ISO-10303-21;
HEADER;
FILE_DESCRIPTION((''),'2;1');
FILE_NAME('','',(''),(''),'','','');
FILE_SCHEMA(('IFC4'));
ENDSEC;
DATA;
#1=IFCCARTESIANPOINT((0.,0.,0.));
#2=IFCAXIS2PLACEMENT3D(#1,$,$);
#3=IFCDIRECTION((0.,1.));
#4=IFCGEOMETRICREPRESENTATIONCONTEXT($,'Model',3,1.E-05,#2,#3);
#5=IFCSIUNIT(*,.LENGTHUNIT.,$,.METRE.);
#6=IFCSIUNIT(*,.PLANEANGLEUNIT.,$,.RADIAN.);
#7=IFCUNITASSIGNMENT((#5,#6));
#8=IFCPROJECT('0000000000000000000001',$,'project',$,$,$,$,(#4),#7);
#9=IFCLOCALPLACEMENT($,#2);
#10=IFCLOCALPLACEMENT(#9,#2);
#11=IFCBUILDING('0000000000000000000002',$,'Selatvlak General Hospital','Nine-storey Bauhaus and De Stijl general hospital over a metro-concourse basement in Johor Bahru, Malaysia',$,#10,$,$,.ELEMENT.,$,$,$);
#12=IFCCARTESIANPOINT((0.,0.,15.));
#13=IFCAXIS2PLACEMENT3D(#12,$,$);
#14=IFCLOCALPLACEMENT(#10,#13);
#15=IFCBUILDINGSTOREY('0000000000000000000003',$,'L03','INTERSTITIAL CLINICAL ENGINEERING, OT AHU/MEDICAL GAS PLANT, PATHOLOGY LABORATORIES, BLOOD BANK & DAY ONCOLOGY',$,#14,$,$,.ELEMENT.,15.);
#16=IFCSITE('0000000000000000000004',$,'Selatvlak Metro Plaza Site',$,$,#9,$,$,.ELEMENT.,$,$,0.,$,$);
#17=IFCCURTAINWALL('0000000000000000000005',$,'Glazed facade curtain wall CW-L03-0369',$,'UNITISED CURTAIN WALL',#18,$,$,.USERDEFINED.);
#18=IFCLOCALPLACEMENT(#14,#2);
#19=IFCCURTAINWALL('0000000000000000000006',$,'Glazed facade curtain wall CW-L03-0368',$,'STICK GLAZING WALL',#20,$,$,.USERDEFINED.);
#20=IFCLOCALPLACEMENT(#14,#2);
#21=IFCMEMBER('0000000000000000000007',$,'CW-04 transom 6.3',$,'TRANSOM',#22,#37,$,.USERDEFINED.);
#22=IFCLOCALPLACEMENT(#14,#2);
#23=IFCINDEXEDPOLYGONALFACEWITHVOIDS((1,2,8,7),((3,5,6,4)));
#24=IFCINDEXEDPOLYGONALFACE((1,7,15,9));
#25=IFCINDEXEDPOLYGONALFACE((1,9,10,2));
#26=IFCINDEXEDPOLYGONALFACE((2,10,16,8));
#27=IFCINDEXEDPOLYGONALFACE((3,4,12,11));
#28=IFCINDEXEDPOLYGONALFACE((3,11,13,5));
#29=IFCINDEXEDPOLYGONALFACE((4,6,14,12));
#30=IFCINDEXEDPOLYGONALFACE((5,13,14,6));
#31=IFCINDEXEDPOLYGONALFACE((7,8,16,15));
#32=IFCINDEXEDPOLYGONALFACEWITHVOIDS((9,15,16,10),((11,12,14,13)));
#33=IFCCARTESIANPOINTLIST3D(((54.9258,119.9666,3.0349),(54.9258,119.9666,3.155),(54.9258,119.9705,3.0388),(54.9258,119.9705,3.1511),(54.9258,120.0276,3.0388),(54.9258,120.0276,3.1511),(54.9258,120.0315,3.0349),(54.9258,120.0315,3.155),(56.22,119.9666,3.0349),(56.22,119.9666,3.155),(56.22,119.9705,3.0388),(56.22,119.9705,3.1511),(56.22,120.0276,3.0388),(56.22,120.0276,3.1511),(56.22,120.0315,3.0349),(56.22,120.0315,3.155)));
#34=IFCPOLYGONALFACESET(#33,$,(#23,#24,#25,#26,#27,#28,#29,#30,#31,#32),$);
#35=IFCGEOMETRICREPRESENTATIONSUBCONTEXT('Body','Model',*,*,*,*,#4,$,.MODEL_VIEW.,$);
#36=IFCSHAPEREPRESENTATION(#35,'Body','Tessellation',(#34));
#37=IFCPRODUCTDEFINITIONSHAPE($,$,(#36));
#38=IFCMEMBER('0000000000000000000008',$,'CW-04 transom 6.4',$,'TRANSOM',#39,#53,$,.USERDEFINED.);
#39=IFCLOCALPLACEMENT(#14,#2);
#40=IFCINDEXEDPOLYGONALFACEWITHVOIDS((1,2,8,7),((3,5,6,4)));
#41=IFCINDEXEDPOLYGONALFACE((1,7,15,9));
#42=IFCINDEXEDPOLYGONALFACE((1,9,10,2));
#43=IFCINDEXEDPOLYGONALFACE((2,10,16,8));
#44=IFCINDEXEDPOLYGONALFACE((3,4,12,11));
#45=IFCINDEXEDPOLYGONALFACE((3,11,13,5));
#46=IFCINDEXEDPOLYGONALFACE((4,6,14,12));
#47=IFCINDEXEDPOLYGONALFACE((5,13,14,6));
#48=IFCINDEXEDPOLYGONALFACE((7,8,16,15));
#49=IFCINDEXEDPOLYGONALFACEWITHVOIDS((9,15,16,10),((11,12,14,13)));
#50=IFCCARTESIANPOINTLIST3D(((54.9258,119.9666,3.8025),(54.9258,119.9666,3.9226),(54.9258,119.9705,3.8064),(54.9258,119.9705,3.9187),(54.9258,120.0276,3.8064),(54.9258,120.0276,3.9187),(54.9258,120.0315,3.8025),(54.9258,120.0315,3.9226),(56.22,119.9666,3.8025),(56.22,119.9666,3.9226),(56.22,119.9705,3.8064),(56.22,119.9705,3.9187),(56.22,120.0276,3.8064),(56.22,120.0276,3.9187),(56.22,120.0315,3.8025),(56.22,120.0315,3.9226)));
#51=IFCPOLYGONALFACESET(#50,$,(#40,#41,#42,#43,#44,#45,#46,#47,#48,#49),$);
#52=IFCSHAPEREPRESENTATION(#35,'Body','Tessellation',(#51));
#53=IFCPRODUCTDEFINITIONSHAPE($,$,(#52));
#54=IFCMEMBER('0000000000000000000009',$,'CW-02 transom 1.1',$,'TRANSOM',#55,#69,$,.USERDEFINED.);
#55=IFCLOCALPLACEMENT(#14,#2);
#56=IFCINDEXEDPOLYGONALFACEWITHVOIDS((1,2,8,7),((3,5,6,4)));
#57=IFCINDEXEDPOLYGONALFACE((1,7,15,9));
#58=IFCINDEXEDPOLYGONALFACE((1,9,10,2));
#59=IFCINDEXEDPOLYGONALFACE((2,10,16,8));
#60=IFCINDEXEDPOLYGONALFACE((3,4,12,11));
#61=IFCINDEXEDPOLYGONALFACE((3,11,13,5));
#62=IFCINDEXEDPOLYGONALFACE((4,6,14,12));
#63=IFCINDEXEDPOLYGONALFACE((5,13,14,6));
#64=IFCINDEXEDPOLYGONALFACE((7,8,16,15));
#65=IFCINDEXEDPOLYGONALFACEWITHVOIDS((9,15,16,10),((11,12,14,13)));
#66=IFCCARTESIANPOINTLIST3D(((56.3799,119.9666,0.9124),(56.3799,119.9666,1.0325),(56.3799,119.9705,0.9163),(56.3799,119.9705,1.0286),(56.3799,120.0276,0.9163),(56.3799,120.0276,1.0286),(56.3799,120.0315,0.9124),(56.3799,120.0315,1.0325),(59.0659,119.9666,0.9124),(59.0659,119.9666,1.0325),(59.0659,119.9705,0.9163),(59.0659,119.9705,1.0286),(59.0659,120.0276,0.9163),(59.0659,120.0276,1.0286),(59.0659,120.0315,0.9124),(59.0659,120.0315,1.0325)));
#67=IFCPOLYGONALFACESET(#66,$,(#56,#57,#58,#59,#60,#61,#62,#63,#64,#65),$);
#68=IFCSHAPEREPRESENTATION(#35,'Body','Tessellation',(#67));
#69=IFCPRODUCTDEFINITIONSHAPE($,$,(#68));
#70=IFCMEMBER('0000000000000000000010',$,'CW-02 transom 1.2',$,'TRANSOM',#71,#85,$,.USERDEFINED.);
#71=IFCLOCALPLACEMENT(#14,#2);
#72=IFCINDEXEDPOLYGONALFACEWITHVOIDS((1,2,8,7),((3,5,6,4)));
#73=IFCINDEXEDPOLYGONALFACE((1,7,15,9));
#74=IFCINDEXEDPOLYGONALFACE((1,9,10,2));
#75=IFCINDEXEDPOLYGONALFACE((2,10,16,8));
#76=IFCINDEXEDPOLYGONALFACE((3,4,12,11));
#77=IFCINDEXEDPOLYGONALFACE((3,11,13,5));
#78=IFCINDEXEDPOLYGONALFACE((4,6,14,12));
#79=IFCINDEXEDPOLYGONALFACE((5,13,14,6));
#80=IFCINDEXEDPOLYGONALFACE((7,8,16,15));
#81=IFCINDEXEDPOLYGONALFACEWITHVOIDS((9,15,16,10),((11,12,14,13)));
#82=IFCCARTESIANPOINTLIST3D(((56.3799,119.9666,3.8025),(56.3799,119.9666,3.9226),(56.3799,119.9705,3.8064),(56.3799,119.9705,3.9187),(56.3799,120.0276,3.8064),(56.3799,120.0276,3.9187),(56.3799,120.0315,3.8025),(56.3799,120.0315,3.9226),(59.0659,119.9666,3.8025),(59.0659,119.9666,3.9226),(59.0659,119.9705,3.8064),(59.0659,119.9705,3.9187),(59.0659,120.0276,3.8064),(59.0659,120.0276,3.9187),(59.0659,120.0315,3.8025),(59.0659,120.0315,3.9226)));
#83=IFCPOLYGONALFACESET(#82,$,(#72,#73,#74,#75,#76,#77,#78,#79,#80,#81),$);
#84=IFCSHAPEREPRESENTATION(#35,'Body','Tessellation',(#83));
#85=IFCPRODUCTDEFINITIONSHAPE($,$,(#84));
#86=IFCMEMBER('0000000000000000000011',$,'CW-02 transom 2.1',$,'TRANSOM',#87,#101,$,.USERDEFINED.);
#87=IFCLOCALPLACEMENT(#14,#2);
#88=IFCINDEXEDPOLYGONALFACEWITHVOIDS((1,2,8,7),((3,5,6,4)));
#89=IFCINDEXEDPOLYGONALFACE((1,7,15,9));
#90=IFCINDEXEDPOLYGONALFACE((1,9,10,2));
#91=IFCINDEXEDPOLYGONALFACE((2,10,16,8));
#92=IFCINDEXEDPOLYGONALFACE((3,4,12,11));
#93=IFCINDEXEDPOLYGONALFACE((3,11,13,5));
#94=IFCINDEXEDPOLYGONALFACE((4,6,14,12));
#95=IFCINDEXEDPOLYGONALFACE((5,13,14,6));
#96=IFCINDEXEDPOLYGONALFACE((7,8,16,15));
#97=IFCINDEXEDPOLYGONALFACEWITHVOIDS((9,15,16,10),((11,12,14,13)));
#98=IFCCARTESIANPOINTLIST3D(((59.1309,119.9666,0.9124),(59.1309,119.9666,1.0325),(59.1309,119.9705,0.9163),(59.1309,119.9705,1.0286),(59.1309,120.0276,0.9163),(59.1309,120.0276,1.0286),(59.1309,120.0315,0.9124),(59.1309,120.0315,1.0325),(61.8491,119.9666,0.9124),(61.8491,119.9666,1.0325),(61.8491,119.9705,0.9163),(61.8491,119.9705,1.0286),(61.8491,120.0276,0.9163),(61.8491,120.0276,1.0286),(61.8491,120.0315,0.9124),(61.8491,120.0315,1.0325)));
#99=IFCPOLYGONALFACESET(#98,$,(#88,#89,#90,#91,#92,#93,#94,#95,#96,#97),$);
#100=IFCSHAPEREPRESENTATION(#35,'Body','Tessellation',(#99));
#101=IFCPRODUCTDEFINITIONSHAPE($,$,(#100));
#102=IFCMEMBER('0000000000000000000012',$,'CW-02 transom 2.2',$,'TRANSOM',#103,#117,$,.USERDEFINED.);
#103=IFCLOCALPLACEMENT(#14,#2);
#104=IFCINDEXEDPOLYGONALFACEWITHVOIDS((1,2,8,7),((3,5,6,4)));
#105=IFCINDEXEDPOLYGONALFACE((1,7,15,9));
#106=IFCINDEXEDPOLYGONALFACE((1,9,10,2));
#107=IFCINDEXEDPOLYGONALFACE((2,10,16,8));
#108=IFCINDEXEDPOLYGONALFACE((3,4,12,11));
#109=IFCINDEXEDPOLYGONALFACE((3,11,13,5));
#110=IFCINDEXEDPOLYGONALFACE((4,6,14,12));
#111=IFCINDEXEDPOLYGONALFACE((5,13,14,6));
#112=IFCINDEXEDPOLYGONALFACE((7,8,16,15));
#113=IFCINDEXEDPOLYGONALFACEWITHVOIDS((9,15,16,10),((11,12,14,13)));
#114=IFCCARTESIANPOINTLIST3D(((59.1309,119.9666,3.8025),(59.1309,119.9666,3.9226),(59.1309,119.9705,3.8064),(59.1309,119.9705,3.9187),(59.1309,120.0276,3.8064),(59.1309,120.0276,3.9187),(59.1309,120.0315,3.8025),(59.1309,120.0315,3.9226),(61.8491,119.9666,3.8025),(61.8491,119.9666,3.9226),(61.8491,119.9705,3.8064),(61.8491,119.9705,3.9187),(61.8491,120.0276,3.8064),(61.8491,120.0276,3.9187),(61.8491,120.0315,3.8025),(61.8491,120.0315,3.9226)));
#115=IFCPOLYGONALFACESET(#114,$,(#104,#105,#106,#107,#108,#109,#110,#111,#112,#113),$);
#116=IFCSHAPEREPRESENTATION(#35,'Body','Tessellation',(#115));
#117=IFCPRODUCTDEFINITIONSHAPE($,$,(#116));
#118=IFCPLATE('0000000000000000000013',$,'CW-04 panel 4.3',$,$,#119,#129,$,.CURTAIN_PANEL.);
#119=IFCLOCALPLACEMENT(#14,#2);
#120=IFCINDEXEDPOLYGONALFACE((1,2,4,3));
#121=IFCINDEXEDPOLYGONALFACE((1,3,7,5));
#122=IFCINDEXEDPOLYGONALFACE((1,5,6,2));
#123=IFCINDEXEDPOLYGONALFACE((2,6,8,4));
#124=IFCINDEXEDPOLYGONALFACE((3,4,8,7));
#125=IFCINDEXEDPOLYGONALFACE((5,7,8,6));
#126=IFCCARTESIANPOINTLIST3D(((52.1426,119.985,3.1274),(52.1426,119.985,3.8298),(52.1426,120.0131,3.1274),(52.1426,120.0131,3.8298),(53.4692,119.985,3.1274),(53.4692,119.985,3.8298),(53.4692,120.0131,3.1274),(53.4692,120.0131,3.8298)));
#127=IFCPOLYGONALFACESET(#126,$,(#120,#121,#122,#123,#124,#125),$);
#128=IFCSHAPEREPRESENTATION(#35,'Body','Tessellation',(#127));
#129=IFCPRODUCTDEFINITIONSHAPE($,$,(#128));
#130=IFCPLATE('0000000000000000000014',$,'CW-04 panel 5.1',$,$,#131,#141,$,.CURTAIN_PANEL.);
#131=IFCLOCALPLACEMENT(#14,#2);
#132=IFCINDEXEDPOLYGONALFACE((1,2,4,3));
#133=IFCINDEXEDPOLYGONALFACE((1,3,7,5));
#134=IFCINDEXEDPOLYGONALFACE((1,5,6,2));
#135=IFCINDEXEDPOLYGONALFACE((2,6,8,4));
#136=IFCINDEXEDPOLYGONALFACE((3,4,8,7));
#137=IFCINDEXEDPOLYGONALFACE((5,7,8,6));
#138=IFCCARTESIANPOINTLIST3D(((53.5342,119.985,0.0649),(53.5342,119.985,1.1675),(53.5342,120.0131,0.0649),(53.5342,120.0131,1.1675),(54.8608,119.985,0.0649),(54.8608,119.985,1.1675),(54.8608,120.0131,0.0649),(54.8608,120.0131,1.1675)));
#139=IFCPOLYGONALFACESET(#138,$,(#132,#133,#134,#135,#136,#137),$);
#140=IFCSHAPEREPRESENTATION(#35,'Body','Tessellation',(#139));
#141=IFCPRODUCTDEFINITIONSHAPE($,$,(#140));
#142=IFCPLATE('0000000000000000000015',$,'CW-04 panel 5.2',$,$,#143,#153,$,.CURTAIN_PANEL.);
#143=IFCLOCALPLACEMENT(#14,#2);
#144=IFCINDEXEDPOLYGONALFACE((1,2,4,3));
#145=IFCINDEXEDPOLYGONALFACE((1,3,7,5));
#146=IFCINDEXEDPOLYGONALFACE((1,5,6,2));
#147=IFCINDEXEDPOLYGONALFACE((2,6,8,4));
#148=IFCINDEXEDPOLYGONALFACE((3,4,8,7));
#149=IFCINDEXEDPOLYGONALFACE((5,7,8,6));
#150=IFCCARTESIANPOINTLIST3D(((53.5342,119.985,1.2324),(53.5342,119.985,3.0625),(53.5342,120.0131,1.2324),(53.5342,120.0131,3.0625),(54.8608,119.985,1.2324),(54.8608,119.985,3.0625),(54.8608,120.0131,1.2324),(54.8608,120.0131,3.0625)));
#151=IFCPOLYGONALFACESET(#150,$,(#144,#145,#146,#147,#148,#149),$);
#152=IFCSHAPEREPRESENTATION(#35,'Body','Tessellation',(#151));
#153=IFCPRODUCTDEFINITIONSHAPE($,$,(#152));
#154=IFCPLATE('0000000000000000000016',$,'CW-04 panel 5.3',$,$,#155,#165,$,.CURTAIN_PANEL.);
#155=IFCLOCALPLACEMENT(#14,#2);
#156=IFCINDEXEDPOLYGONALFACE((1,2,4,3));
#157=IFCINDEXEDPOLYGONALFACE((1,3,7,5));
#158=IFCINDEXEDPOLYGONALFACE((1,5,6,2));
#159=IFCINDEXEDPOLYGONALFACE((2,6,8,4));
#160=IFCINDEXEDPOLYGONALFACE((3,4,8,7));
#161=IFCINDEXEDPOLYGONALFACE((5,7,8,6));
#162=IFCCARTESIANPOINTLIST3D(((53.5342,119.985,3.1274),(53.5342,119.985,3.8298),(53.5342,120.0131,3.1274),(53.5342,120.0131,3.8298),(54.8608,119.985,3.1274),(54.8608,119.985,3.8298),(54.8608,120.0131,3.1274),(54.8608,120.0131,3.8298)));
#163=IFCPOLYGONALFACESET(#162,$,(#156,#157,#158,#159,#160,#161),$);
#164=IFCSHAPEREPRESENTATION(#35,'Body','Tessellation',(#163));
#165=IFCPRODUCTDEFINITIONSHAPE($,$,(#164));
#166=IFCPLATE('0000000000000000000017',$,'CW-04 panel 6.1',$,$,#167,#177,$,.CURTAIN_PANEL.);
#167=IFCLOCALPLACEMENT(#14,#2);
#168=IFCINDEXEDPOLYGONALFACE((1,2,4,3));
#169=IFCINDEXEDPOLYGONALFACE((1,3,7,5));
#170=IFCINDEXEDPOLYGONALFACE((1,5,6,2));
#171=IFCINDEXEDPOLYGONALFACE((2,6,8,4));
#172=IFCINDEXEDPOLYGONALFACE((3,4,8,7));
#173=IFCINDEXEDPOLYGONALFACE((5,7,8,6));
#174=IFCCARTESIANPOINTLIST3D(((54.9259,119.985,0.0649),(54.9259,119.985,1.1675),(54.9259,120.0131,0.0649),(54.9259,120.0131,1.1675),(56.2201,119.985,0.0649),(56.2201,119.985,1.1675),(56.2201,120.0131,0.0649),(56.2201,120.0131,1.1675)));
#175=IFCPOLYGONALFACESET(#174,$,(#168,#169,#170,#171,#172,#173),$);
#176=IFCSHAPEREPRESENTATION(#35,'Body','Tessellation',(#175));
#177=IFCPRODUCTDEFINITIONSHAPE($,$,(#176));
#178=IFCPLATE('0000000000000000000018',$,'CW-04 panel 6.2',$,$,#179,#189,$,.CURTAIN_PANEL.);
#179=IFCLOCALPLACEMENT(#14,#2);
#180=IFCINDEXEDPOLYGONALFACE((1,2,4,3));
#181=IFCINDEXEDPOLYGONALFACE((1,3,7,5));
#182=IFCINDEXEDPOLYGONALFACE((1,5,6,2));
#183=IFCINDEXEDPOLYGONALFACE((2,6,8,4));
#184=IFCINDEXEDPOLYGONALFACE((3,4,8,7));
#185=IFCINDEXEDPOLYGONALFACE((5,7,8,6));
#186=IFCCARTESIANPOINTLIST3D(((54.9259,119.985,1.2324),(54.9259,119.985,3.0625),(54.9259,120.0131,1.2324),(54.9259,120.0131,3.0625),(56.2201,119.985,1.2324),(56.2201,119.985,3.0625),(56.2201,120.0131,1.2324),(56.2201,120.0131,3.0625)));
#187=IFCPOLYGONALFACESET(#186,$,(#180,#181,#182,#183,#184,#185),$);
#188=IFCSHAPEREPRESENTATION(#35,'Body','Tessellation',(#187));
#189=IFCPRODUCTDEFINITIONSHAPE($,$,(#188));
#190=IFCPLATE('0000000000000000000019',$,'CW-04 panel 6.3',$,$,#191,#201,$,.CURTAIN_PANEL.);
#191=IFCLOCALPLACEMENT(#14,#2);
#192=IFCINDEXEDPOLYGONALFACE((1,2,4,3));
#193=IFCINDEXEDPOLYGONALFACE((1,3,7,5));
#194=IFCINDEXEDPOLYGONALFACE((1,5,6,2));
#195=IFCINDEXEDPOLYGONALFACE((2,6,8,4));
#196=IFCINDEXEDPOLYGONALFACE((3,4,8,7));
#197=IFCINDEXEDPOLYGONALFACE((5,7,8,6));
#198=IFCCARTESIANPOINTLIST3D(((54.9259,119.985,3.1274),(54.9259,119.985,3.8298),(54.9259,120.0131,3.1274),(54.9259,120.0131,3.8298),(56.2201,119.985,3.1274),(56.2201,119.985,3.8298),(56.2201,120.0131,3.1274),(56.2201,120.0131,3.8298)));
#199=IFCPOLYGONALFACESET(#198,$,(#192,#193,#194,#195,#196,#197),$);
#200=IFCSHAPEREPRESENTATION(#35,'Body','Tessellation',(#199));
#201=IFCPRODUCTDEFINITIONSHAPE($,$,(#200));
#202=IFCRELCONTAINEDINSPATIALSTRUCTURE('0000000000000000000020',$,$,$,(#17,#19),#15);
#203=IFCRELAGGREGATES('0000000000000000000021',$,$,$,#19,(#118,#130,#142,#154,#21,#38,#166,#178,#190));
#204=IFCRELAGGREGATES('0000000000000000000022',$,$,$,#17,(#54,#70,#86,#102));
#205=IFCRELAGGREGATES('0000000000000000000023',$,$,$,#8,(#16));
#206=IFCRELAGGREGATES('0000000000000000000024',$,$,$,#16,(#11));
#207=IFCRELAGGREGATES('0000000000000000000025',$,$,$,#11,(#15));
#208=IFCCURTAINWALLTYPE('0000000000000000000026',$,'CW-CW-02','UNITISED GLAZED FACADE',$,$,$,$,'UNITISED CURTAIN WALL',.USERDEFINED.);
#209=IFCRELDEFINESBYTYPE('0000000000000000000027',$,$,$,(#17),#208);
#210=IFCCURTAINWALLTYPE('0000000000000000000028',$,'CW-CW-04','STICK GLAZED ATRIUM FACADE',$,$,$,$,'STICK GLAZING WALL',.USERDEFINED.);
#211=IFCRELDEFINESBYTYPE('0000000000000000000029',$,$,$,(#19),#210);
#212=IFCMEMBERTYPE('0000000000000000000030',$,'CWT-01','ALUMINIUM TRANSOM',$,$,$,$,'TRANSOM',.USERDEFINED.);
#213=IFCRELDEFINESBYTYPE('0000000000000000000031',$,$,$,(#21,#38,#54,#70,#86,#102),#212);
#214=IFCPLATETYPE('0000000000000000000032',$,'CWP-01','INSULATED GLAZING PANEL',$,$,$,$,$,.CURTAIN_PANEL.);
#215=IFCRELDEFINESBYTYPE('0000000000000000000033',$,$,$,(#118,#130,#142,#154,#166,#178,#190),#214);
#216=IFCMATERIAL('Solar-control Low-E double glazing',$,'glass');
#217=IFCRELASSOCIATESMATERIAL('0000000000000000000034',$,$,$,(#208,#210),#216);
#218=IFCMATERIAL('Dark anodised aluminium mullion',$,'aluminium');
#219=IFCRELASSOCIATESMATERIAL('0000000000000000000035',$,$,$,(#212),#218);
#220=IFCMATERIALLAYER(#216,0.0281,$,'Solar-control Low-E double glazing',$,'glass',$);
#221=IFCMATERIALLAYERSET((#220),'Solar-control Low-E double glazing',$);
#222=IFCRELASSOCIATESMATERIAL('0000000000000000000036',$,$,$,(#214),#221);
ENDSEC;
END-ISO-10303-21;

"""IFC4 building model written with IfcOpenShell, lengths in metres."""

from ifc_helpers import new_model, si_unit, direction, frame, origin, origin_2d, place, context, subcontext, project, spatial, rectangle, hollow_rectangle, extrude, material, layer, layer_set, material_profile, profile_set, type_object, element, aggregate, save


model = new_model("IFC4")

# Units and contexts
model_context = context("Model", 3, precision=1e-05, world=origin(), true_north=direction((0.0, 1.0)))
body_context = subcontext(model_context, "Body", "Model", "MODEL_VIEW")
ifc_project = project(units=[si_unit("LENGTHUNIT", "METRE"), si_unit("PLANEANGLEUNIT", "RADIAN")], contexts=[model_context])

# Site, building, storey
site_placement = place(None, origin())
site = spatial("IfcSite", under=ifc_project, at=site_placement, Name="Selatvlak Metro Plaza Site", CompositionType="ELEMENT", RefElevation=0.0)
building_placement = place(site_placement, origin())
building = spatial("IfcBuilding", under=site, at=building_placement, Name="Selatvlak General Hospital", Description="Nine-storey Bauhaus and De Stijl general hospital over a metro-concourse basement in Johor Bahru, Malaysia", CompositionType="ELEMENT")
storey_placement = place(building_placement, frame((0.0, 0.0, 15.0)))
storey = spatial("IfcBuildingStorey", under=building, at=storey_placement, Name="L03", Description="INTERSTITIAL CLINICAL ENGINEERING, OT AHU/MEDICAL GAS PLANT, PATHOLOGY LABORATORIES, BLOOD BANK & DAY ONCOLOGY", CompositionType="ELEMENT", Elevation=15.0)

# Curtain walls, members
ifc_material_1 = material(Name="Solar-control Low-E double glazing", Category="glass")
curtain_wall_type_1 = type_object("IfcCurtainWallType", Name="CW-CW-02", Description="UNITISED GLAZED FACADE", ElementType="UNITISED CURTAIN WALL", PredefinedType="USERDEFINED", material=ifc_material_1)
curtain_wall_1_placement = place(storey_placement, origin())
curtain_wall_1 = element("IfcCurtainWall", 1, at=curtain_wall_1_placement, inside=storey, type_object=curtain_wall_type_1, Name="Glazed facade curtain wall CW-L03-0369", ObjectType="UNITISED CURTAIN WALL", PredefinedType="USERDEFINED")
ifc_material_2 = material(Name="Dark anodised aluminium mullion", Category="aluminium")
curtain_wall_type_2 = type_object("IfcCurtainWallType", Name="CW-CW-04", Description="STICK GLAZED ATRIUM FACADE", ElementType="STICK GLAZING WALL", PredefinedType="USERDEFINED", material=ifc_material_1)
curtain_wall_2_placement = place(storey_placement, origin())
curtain_wall_2 = element("IfcCurtainWall", 2, at=curtain_wall_2_placement, inside=storey, type_object=curtain_wall_type_2, Name="Glazed facade curtain wall CW-L03-0368", ObjectType="STICK GLAZING WALL", PredefinedType="USERDEFINED")
ifc_material_profile_1 = material_profile(ifc_material_2, hollow_rectangle(XDim=0.0649, YDim=0.1201, WallThickness=0.0039, at=origin_2d()), Name="AL-TRN 65x120x4")
ifc_profile_set_1 = profile_set([ifc_material_profile_1], Name="Dark anodised aluminium mullion")
member_type_1 = type_object("IfcMemberType", Name="CWT-01", Description="ALUMINIUM TRANSOM", ElementType="TRANSOM", PredefinedType="USERDEFINED", material=ifc_profile_set_1)
member_1_placement = place(storey_placement, frame((54.9258, 119.999, 3.095), z_axis=(1.0, 0.0, 0.0), x_axis=(0.0, 1.0, 0.0)))
member_1 = element("IfcMember", 3, at=member_1_placement, type_object=member_type_1, Name="CW-04 transom 6.3", ObjectType="TRANSOM", PredefinedType="USERDEFINED", context=body_context, shape_type="SweptSolid", body=[
    extrude(hollow_rectangle(XDim=0.0649, YDim=0.1201, WallThickness=0.0039, at=origin_2d()), origin(), (0.0, 0.0, 1.0), 1.2942),
])
member_2_placement = place(storey_placement, frame((54.9258, 119.999, 3.8625), z_axis=(1.0, 0.0, 0.0), x_axis=(0.0, 1.0, 0.0)))
member_2 = element("IfcMember", 4, at=member_2_placement, type_object=member_type_1, Name="CW-04 transom 6.4", ObjectType="TRANSOM", PredefinedType="USERDEFINED", context=body_context, shape_type="SweptSolid", body=[
    extrude(hollow_rectangle(XDim=0.0649, YDim=0.1201, WallThickness=0.0039, at=origin_2d()), origin(), (0.0, 0.0, 1.0), 1.2942),
])

# Members
member_3_placement = place(storey_placement, frame((56.3799, 119.999, 0.9724), z_axis=(1.0, 0.0, 0.0), x_axis=(0.0, 1.0, 0.0)))
member_3 = element("IfcMember", 5, at=member_3_placement, type_object=member_type_1, Name="CW-02 transom 1.1", ObjectType="TRANSOM", PredefinedType="USERDEFINED", context=body_context, shape_type="SweptSolid", body=[
    extrude(hollow_rectangle(XDim=0.0649, YDim=0.1201, WallThickness=0.0039, at=origin_2d()), origin(), (0.0, 0.0, 1.0), 2.686),
])
member_4_placement = place(storey_placement, frame((56.3799, 119.999, 3.8625), z_axis=(1.0, 0.0, 0.0), x_axis=(0.0, 1.0, 0.0)))
member_4 = element("IfcMember", 6, at=member_4_placement, type_object=member_type_1, Name="CW-02 transom 1.2", ObjectType="TRANSOM", PredefinedType="USERDEFINED", context=body_context, shape_type="SweptSolid", body=[
    extrude(hollow_rectangle(XDim=0.0649, YDim=0.1201, WallThickness=0.0039, at=origin_2d()), origin(), (0.0, 0.0, 1.0), 2.686),
])
member_5_placement = place(storey_placement, frame((59.1309, 119.999, 0.9724), z_axis=(1.0, 0.0, 0.0), x_axis=(0.0, 1.0, 0.0)))
member_5 = element("IfcMember", 7, at=member_5_placement, type_object=member_type_1, Name="CW-02 transom 2.1", ObjectType="TRANSOM", PredefinedType="USERDEFINED", context=body_context, shape_type="SweptSolid", body=[
    extrude(hollow_rectangle(XDim=0.0649, YDim=0.1201, WallThickness=0.0039, at=origin_2d()), origin(), (0.0, 0.0, 1.0), 2.7183),
])
member_6_placement = place(storey_placement, frame((59.1309, 119.999, 3.8625), z_axis=(1.0, 0.0, 0.0), x_axis=(0.0, 1.0, 0.0)))
member_6 = element("IfcMember", 8, at=member_6_placement, type_object=member_type_1, Name="CW-02 transom 2.2", ObjectType="TRANSOM", PredefinedType="USERDEFINED", context=body_context, shape_type="SweptSolid", body=[
    extrude(hollow_rectangle(XDim=0.0649, YDim=0.1201, WallThickness=0.0039, at=origin_2d()), origin(), (0.0, 0.0, 1.0), 2.7183),
])

# Plates
ifc_layer_1 = layer(ifc_material_1, 0.0281, Name="Solar-control Low-E double glazing", Category="glass")
ifc_layer_set_1 = layer_set([ifc_layer_1], Name="Solar-control Low-E double glazing")
plate_type = type_object("IfcPlateType", Name="CWP-01", Description="INSULATED GLAZING PANEL", PredefinedType="CURTAIN_PANEL", material=ifc_layer_set_1)
plate_1_placement = place(storey_placement, frame((52.8059, 119.999, 3.1274), z_axis=(0.0, 0.0, 1.0), x_axis=(1.0, 0.0, 0.0)))
plate_1 = element("IfcPlate", 9, at=plate_1_placement, type_object=plate_type, Name="CW-04 panel 4.3", PredefinedType="CURTAIN_PANEL", context=body_context, shape_type="SweptSolid", body=[
    extrude(rectangle(XDim=1.3267, YDim=0.0281, at=origin_2d()), origin(), (0.0, 0.0, 1.0), 0.7024),
])
plate_2_placement = place(storey_placement, frame((54.1975, 119.999, 0.0649), z_axis=(0.0, 0.0, 1.0), x_axis=(1.0, 0.0, 0.0)))
plate_2 = element("IfcPlate", 10, at=plate_2_placement, type_object=plate_type, Name="CW-04 panel 5.1", PredefinedType="CURTAIN_PANEL", context=body_context, shape_type="SweptSolid", body=[
    extrude(rectangle(XDim=1.3267, YDim=0.0281, at=origin_2d()), origin(), (0.0, 0.0, 1.0), 1.1025),
])
plate_3_placement = place(storey_placement, frame((54.1975, 119.999, 1.2324), z_axis=(0.0, 0.0, 1.0), x_axis=(1.0, 0.0, 0.0)))
plate_3 = element("IfcPlate", 11, at=plate_3_placement, type_object=plate_type, Name="CW-04 panel 5.2", PredefinedType="CURTAIN_PANEL", context=body_context, shape_type="SweptSolid", body=[
    extrude(rectangle(XDim=1.3267, YDim=0.0281, at=origin_2d()), origin(), (0.0, 0.0, 1.0), 1.8301),
])
plate_4_placement = place(storey_placement, frame((54.1975, 119.999, 3.1274), z_axis=(0.0, 0.0, 1.0), x_axis=(1.0, 0.0, 0.0)))
plate_4 = element("IfcPlate", 12, at=plate_4_placement, type_object=plate_type, Name="CW-04 panel 5.3", PredefinedType="CURTAIN_PANEL", context=body_context, shape_type="SweptSolid", body=[
    extrude(rectangle(XDim=1.3267, YDim=0.0281, at=origin_2d()), origin(), (0.0, 0.0, 1.0), 0.7024),
])
plate_5_placement = place(storey_placement, frame((55.573, 119.999, 0.0649), z_axis=(0.0, 0.0, 1.0), x_axis=(1.0, 0.0, 0.0)))
plate_5 = element("IfcPlate", 13, at=plate_5_placement, type_object=plate_type, Name="CW-04 panel 6.1", PredefinedType="CURTAIN_PANEL", context=body_context, shape_type="SweptSolid", body=[
    extrude(rectangle(XDim=1.2942, YDim=0.0281, at=origin_2d()), origin(), (0.0, 0.0, 1.0), 1.1025),
])
plate_6_placement = place(storey_placement, frame((55.573, 119.999, 1.2324), z_axis=(0.0, 0.0, 1.0), x_axis=(1.0, 0.0, 0.0)))
plate_6 = element("IfcPlate", 14, at=plate_6_placement, type_object=plate_type, Name="CW-04 panel 6.2", PredefinedType="CURTAIN_PANEL", context=body_context, shape_type="SweptSolid", body=[
    extrude(rectangle(XDim=1.2942, YDim=0.0281, at=origin_2d()), origin(), (0.0, 0.0, 1.0), 1.8301),
])
plate_7_placement = place(storey_placement, frame((55.573, 119.999, 3.1274), z_axis=(0.0, 0.0, 1.0), x_axis=(1.0, 0.0, 0.0)))
plate_7 = element("IfcPlate", 15, at=plate_7_placement, type_object=plate_type, Name="CW-04 panel 6.3", PredefinedType="CURTAIN_PANEL", context=body_context, shape_type="SweptSolid", body=[
    extrude(rectangle(XDim=1.2942, YDim=0.0281, at=origin_2d()), origin(), (0.0, 0.0, 1.0), 0.7024),
])
aggregate(curtain_wall_2, [plate_1, plate_2, plate_3, plate_4, member_1, member_2, plate_5, plate_6, plate_7])
aggregate(curtain_wall_1, [member_3, member_4, member_5, member_6])

save(model, "model.ifc")
